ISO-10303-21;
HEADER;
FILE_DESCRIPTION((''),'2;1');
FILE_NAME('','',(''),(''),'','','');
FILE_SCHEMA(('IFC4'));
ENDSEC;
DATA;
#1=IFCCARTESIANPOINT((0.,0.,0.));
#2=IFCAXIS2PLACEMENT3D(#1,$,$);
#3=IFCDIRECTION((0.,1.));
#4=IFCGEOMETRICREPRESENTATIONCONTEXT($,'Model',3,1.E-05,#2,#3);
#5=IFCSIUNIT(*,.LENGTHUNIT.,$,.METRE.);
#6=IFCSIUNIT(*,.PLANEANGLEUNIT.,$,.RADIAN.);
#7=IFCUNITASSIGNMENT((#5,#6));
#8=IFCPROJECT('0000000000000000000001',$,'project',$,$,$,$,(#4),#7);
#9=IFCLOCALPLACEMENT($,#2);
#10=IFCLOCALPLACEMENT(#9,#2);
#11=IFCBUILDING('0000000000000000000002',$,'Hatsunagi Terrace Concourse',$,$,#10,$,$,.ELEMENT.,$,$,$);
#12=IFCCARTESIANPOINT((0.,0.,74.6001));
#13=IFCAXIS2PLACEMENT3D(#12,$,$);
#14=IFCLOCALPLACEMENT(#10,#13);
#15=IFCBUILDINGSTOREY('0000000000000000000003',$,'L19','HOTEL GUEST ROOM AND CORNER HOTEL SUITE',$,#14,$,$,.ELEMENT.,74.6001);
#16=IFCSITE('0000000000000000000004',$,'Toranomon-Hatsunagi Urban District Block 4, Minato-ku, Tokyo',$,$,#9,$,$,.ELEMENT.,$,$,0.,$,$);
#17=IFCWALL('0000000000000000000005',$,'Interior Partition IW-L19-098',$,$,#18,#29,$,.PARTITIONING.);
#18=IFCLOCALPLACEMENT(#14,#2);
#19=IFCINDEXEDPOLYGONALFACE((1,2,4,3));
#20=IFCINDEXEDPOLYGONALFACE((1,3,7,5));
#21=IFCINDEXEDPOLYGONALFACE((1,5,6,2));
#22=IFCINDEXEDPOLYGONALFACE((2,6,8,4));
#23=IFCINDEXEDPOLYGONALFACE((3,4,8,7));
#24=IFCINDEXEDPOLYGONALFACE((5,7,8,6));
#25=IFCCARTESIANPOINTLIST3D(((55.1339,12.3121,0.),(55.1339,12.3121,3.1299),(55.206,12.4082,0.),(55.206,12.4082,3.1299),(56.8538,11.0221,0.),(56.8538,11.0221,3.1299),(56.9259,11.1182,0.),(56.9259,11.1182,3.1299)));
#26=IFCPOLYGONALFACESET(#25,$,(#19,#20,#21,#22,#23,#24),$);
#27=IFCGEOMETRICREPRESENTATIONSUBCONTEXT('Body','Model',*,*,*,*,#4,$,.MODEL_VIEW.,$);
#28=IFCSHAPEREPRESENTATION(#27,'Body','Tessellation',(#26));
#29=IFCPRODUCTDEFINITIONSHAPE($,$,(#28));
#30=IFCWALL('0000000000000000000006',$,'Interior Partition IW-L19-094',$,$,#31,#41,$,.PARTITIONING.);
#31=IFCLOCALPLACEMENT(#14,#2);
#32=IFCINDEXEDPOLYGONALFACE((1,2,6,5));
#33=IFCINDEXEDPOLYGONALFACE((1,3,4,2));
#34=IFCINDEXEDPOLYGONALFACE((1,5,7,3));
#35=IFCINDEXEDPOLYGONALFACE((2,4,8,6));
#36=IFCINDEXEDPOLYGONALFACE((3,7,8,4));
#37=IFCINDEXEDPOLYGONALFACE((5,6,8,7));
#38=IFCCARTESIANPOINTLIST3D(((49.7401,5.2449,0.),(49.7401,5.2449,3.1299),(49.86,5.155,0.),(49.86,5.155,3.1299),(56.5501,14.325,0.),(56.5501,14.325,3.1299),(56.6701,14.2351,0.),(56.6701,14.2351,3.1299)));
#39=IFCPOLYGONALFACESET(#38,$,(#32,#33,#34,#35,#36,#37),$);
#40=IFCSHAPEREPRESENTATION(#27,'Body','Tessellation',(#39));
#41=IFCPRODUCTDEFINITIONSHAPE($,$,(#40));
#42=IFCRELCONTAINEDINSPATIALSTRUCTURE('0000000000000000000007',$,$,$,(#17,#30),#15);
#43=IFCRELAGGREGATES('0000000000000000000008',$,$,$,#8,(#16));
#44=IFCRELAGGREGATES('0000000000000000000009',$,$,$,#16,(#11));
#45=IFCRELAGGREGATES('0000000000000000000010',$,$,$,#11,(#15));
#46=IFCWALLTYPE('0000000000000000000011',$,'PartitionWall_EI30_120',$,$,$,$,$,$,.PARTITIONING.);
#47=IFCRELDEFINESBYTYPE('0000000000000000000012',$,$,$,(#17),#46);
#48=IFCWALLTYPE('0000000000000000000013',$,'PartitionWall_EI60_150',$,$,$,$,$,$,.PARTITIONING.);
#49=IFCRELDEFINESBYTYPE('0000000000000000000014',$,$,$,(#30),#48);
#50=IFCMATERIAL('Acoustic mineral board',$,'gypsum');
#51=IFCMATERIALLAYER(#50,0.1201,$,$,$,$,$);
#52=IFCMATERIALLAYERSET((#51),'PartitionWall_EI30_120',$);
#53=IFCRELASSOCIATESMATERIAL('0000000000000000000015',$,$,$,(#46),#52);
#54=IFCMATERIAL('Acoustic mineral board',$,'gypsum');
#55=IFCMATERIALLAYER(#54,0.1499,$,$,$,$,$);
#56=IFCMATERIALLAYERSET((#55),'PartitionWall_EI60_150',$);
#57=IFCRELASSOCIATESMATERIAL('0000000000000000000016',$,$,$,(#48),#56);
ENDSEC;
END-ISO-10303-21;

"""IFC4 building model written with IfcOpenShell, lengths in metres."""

from ifc_helpers import new_model, si_unit, direction, frame, frame_2d, origin, place, context, subcontext, project, spatial, rectangle, extrude, material, layer, layer_set, type_object, element, save


model = new_model("IFC4")

# Units and contexts
model_context = context("Model", 3, precision=1e-05, world=origin(), true_north=direction((0.0, 1.0)))
body_context = subcontext(model_context, "Body", "Model", "MODEL_VIEW")
ifc_project = project(units=[si_unit("LENGTHUNIT", "METRE"), si_unit("PLANEANGLEUNIT", "RADIAN")], contexts=[model_context])

# Site, building, storey
site_placement = place(None, origin())
site = spatial("IfcSite", under=ifc_project, at=site_placement, Name="Toranomon-Hatsunagi Urban District Block 4, Minato-ku, Tokyo", CompositionType="ELEMENT", RefElevation=0.0)
building_placement = place(site_placement, origin())
building = spatial("IfcBuilding", under=site, at=building_placement, Name="Hatsunagi Terrace Concourse", CompositionType="ELEMENT")
storey_placement = place(building_placement, frame((0.0, 0.0, 74.6001)))
storey = spatial("IfcBuildingStorey", under=building, at=storey_placement, Name="L19", Description="HOTEL GUEST ROOM AND CORNER HOTEL SUITE", CompositionType="ELEMENT", Elevation=74.6001)

# Shared definitions
ifc_material_1 = material(Name="Acoustic mineral board", Category="gypsum")
ifc_layer_1 = layer(ifc_material_1, 0.1201)
ifc_layer_set_1 = layer_set([ifc_layer_1], Name="PartitionWall_EI30_120")
wall_type_1 = type_object("IfcWallType", Name="PartitionWall_EI30_120", PredefinedType="PARTITIONING", material=ifc_layer_set_1)

# Wall
for number, where, z_axis, x_axis, name in (
    (1, (55.1699, 12.3601, 0.0), (0.0, 0.0, 1.0), (0.799986, -0.600018, 0.0), "Interior Partition IW-L19-098"),
):
    element("IfcWall", number, at=place(storey_placement, frame(where, z_axis=z_axis, x_axis=x_axis)), inside=storey, type_object=wall_type_1, Name=name, PredefinedType="PARTITIONING", context=body_context, shape_type="SweptSolid", body=[
        extrude(rectangle(XDim=2.1499, YDim=0.1201, at=frame_2d((1.075, 0.0))), origin(), (0.0, 0.0, 1.0), 3.1299),
    ])

# Shared definitions
ifc_material_2 = material(Name="Acoustic mineral board", Category="gypsum")
ifc_layer_2 = layer(ifc_material_2, 0.1499)
ifc_layer_set_2 = layer_set([ifc_layer_2], Name="PartitionWall_EI60_150")
wall_type_2 = type_object("IfcWallType", Name="PartitionWall_EI60_150", PredefinedType="PARTITIONING", material=ifc_layer_set_2)

# Wall
wall_1_placement = place(storey_placement, frame((49.8, 5.2, 0.0), z_axis=(0.0, 0.0, 1.0), x_axis=(0.6, 0.8, 0.0)))
element("IfcWall", 2, at=wall_1_placement, inside=storey, type_object=wall_type_2, Name="Interior Partition IW-L19-094", PredefinedType="PARTITIONING", context=body_context, shape_type="SweptSolid", body=[
    extrude(rectangle(XDim=11.3501, YDim=0.1499, at=frame_2d((5.675, 0.0))), origin(), (0.0, 0.0, 1.0), 3.1299),
])

save(model, "model.ifc")
